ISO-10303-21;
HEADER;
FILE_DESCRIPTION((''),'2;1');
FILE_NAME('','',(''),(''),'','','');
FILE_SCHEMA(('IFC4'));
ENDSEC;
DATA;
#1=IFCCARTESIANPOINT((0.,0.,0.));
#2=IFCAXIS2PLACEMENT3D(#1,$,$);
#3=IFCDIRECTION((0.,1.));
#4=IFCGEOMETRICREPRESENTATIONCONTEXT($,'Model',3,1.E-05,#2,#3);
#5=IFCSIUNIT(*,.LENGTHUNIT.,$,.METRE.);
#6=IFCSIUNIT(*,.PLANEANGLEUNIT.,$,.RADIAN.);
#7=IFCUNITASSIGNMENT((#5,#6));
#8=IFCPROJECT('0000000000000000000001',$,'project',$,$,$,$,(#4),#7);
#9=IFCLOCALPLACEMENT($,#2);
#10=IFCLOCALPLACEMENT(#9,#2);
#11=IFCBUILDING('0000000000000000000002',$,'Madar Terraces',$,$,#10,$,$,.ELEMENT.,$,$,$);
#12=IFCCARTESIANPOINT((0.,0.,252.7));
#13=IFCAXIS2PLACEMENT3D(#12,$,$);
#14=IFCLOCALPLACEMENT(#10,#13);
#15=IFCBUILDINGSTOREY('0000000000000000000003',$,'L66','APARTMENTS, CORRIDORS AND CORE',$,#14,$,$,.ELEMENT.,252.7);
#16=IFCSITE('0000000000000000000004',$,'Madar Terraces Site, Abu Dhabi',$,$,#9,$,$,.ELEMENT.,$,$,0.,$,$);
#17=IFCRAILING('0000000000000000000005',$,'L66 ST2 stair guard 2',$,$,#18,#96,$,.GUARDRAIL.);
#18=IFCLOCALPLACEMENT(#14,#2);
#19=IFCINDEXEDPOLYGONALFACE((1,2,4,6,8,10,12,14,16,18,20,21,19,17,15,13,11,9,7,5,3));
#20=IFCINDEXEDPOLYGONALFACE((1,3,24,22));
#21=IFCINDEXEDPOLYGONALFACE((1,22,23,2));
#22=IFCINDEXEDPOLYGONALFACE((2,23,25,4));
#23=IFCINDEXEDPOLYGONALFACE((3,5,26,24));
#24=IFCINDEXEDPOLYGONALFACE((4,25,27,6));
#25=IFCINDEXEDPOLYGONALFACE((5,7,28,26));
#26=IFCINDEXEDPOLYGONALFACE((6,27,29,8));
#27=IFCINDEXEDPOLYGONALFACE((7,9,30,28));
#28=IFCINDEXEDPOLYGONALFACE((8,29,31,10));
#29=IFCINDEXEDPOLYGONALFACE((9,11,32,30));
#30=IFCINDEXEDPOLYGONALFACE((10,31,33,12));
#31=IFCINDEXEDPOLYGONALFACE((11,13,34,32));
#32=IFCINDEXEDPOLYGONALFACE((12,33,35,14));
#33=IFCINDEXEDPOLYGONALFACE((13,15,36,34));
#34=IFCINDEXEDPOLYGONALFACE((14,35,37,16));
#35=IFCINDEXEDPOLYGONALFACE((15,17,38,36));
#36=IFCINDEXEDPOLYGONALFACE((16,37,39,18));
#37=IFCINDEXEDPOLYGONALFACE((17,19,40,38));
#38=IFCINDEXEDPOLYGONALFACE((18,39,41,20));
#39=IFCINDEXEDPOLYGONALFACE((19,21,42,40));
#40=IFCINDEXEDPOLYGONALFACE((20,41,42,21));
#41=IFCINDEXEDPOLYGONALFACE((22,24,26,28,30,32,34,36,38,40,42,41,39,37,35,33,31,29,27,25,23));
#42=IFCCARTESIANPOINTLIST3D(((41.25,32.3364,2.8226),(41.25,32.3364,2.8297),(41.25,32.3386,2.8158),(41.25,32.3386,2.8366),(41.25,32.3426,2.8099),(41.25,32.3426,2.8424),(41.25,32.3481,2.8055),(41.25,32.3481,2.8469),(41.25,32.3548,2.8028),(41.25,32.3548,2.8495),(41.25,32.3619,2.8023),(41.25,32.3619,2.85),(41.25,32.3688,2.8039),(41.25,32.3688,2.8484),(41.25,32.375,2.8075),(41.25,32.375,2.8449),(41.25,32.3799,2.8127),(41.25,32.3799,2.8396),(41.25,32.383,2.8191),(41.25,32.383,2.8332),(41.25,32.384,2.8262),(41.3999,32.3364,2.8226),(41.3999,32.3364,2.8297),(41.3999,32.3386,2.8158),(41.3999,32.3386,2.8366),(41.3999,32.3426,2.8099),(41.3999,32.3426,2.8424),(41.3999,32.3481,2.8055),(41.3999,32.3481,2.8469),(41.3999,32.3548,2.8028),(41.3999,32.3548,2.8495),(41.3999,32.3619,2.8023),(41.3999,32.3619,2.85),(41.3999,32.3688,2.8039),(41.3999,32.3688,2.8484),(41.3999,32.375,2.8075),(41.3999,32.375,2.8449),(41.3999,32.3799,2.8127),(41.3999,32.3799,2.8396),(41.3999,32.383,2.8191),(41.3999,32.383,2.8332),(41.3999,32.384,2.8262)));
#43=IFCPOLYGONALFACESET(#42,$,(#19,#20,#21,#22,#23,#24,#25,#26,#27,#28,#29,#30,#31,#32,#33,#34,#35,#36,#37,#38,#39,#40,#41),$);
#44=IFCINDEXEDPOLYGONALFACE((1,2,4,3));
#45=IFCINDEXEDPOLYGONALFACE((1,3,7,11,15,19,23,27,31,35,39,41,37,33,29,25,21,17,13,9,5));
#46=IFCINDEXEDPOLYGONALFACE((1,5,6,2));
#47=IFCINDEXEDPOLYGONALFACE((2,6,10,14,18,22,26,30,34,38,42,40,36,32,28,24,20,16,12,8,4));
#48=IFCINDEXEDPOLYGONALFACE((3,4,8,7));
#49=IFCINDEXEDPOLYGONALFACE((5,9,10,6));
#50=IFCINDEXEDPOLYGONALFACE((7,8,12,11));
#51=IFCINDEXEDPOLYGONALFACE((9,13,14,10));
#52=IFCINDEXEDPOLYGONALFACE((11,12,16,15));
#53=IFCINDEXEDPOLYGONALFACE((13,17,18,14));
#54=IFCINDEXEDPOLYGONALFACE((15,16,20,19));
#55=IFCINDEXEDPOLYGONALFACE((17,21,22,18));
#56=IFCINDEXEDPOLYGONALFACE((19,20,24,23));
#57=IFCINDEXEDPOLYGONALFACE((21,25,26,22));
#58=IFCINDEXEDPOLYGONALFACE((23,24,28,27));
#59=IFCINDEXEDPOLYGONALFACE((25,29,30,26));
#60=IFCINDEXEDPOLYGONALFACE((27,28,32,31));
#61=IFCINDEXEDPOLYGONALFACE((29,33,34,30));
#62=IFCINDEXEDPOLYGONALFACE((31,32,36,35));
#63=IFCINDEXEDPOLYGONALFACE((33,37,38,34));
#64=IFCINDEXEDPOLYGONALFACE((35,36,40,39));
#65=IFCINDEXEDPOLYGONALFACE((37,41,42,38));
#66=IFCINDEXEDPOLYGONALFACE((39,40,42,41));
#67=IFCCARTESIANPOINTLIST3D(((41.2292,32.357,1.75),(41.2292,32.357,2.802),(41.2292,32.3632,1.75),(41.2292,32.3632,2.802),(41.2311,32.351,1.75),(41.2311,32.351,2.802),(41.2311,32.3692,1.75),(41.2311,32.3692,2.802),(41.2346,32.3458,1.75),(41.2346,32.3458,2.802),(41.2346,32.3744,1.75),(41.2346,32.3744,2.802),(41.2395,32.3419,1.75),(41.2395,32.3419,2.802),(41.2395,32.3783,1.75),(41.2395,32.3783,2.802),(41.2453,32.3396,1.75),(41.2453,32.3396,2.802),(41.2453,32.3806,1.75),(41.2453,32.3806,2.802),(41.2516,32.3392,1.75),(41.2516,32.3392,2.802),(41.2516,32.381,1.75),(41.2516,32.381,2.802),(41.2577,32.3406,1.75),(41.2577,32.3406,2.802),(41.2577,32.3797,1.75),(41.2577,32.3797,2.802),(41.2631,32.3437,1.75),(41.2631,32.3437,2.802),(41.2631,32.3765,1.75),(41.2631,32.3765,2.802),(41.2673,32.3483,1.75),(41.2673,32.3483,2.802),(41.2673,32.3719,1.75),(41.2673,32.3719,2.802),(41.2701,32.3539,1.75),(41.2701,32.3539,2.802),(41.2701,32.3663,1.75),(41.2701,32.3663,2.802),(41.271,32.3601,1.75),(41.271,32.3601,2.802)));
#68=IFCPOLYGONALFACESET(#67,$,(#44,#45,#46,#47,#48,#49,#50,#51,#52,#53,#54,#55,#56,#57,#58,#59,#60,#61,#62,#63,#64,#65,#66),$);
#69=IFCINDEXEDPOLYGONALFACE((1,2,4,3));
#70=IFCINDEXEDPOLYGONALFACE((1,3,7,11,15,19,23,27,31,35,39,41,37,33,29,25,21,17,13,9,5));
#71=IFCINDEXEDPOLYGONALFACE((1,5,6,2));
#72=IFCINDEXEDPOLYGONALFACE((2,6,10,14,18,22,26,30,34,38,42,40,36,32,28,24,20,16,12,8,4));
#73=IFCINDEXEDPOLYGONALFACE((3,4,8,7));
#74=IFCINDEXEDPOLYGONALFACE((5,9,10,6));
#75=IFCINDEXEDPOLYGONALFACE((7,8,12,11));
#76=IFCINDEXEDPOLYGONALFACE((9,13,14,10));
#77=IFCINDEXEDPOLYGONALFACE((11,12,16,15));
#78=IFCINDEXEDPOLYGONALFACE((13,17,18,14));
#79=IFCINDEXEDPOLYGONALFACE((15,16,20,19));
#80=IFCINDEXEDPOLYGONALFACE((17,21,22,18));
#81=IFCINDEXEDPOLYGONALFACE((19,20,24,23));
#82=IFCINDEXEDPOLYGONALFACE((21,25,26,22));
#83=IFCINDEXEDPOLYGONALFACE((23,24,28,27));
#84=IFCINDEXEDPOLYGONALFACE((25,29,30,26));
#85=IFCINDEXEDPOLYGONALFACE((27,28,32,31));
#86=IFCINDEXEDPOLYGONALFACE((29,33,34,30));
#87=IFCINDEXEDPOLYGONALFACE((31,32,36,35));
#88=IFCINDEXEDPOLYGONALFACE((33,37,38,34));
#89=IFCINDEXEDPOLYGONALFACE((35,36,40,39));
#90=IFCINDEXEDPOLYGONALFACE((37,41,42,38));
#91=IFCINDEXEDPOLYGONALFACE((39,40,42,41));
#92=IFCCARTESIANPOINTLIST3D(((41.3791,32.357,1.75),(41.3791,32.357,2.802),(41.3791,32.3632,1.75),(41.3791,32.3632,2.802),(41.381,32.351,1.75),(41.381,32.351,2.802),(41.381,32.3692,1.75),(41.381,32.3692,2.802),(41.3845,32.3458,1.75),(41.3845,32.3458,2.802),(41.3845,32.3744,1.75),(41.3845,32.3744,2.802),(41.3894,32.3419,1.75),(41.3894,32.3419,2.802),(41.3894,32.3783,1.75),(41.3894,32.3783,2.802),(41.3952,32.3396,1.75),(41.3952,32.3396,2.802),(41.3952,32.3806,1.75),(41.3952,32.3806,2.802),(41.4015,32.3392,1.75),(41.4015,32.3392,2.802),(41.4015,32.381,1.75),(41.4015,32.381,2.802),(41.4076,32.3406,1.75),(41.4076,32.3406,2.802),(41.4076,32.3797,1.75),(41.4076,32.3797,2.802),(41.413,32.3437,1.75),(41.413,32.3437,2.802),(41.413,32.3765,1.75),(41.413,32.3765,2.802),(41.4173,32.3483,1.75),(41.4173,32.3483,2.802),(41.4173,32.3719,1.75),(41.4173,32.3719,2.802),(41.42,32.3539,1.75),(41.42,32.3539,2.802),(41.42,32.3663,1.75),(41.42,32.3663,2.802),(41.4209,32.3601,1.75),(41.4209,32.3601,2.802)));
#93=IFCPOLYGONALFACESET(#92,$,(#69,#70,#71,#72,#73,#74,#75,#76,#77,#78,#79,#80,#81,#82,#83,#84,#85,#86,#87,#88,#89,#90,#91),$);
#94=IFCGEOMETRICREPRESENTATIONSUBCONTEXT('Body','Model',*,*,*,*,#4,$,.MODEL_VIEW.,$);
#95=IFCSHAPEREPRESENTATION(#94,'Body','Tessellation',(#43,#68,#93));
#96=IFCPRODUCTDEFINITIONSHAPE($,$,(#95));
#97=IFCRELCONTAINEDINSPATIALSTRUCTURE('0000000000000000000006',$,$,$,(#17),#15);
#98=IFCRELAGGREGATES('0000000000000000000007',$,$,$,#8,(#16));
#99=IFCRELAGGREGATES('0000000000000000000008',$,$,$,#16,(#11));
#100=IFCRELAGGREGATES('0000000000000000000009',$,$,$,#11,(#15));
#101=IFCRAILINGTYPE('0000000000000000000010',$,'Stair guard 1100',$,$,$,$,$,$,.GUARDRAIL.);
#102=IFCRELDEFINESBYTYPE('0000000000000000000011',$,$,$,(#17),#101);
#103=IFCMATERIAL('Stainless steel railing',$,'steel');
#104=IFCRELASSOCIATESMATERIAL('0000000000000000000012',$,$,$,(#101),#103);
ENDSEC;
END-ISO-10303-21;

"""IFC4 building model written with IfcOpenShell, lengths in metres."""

from ifc_helpers import new_model, si_unit, direction, frame, origin, origin_2d, place, context, subcontext, project, spatial, circle, extrude, material, type_object, element, save


model = new_model("IFC4")

# Units and contexts
model_context = context("Model", 3, precision=1e-05, world=origin(), true_north=direction((0.0, 1.0)))
body_context = subcontext(model_context, "Body", "Model", "MODEL_VIEW")
ifc_project = project(units=[si_unit("LENGTHUNIT", "METRE"), si_unit("PLANEANGLEUNIT", "RADIAN")], contexts=[model_context])

# Site, building, storey
site_placement = place(None, origin())
site = spatial("IfcSite", under=ifc_project, at=site_placement, Name="Madar Terraces Site, Abu Dhabi", CompositionType="ELEMENT", RefElevation=0.0)
building_placement = place(site_placement, origin())
building = spatial("IfcBuilding", under=site, at=building_placement, Name="Madar Terraces", CompositionType="ELEMENT")
storey_placement = place(building_placement, frame((0.0, 0.0, 252.7)))
storey = spatial("IfcBuildingStorey", under=building, at=storey_placement, Name="L66", Description="APARTMENTS, CORRIDORS AND CORE", CompositionType="ELEMENT", Elevation=252.7)

# Railing
ifc_material_1 = material(Name="Stainless steel railing", Category="steel")
railing_type_1 = type_object("IfcRailingType", Name="Stair guard 1100", PredefinedType="GUARDRAIL", material=ifc_material_1)
railing_1_placement = place(storey_placement, frame((41.25, 32.3601, 1.75)))
element("IfcRailing", 1, at=railing_1_placement, inside=storey, type_object=railing_type_1, Name="L66 ST2 stair guard 2", PredefinedType="GUARDRAIL", context=body_context, shape_type="SweptSolid", body=[
    extrude(circle(Radius=0.0239, at=origin_2d()), frame((0.0, 0.0, 1.0762), z_axis=(1.0, 0.0, 0.0), x_axis=(0.0, 1.0, 0.0)), (0.0, 0.0, 1.0), 0.1499),
    extrude(circle(Radius=0.021, at=origin_2d()), origin(), (0.0, 0.0, 1.0), 1.052),
    extrude(circle(Radius=0.021, at=origin_2d()), frame((0.1499, 0.0, 0.0)), (0.0, 0.0, 1.0), 1.052),
])

save(model, "model.ifc")
